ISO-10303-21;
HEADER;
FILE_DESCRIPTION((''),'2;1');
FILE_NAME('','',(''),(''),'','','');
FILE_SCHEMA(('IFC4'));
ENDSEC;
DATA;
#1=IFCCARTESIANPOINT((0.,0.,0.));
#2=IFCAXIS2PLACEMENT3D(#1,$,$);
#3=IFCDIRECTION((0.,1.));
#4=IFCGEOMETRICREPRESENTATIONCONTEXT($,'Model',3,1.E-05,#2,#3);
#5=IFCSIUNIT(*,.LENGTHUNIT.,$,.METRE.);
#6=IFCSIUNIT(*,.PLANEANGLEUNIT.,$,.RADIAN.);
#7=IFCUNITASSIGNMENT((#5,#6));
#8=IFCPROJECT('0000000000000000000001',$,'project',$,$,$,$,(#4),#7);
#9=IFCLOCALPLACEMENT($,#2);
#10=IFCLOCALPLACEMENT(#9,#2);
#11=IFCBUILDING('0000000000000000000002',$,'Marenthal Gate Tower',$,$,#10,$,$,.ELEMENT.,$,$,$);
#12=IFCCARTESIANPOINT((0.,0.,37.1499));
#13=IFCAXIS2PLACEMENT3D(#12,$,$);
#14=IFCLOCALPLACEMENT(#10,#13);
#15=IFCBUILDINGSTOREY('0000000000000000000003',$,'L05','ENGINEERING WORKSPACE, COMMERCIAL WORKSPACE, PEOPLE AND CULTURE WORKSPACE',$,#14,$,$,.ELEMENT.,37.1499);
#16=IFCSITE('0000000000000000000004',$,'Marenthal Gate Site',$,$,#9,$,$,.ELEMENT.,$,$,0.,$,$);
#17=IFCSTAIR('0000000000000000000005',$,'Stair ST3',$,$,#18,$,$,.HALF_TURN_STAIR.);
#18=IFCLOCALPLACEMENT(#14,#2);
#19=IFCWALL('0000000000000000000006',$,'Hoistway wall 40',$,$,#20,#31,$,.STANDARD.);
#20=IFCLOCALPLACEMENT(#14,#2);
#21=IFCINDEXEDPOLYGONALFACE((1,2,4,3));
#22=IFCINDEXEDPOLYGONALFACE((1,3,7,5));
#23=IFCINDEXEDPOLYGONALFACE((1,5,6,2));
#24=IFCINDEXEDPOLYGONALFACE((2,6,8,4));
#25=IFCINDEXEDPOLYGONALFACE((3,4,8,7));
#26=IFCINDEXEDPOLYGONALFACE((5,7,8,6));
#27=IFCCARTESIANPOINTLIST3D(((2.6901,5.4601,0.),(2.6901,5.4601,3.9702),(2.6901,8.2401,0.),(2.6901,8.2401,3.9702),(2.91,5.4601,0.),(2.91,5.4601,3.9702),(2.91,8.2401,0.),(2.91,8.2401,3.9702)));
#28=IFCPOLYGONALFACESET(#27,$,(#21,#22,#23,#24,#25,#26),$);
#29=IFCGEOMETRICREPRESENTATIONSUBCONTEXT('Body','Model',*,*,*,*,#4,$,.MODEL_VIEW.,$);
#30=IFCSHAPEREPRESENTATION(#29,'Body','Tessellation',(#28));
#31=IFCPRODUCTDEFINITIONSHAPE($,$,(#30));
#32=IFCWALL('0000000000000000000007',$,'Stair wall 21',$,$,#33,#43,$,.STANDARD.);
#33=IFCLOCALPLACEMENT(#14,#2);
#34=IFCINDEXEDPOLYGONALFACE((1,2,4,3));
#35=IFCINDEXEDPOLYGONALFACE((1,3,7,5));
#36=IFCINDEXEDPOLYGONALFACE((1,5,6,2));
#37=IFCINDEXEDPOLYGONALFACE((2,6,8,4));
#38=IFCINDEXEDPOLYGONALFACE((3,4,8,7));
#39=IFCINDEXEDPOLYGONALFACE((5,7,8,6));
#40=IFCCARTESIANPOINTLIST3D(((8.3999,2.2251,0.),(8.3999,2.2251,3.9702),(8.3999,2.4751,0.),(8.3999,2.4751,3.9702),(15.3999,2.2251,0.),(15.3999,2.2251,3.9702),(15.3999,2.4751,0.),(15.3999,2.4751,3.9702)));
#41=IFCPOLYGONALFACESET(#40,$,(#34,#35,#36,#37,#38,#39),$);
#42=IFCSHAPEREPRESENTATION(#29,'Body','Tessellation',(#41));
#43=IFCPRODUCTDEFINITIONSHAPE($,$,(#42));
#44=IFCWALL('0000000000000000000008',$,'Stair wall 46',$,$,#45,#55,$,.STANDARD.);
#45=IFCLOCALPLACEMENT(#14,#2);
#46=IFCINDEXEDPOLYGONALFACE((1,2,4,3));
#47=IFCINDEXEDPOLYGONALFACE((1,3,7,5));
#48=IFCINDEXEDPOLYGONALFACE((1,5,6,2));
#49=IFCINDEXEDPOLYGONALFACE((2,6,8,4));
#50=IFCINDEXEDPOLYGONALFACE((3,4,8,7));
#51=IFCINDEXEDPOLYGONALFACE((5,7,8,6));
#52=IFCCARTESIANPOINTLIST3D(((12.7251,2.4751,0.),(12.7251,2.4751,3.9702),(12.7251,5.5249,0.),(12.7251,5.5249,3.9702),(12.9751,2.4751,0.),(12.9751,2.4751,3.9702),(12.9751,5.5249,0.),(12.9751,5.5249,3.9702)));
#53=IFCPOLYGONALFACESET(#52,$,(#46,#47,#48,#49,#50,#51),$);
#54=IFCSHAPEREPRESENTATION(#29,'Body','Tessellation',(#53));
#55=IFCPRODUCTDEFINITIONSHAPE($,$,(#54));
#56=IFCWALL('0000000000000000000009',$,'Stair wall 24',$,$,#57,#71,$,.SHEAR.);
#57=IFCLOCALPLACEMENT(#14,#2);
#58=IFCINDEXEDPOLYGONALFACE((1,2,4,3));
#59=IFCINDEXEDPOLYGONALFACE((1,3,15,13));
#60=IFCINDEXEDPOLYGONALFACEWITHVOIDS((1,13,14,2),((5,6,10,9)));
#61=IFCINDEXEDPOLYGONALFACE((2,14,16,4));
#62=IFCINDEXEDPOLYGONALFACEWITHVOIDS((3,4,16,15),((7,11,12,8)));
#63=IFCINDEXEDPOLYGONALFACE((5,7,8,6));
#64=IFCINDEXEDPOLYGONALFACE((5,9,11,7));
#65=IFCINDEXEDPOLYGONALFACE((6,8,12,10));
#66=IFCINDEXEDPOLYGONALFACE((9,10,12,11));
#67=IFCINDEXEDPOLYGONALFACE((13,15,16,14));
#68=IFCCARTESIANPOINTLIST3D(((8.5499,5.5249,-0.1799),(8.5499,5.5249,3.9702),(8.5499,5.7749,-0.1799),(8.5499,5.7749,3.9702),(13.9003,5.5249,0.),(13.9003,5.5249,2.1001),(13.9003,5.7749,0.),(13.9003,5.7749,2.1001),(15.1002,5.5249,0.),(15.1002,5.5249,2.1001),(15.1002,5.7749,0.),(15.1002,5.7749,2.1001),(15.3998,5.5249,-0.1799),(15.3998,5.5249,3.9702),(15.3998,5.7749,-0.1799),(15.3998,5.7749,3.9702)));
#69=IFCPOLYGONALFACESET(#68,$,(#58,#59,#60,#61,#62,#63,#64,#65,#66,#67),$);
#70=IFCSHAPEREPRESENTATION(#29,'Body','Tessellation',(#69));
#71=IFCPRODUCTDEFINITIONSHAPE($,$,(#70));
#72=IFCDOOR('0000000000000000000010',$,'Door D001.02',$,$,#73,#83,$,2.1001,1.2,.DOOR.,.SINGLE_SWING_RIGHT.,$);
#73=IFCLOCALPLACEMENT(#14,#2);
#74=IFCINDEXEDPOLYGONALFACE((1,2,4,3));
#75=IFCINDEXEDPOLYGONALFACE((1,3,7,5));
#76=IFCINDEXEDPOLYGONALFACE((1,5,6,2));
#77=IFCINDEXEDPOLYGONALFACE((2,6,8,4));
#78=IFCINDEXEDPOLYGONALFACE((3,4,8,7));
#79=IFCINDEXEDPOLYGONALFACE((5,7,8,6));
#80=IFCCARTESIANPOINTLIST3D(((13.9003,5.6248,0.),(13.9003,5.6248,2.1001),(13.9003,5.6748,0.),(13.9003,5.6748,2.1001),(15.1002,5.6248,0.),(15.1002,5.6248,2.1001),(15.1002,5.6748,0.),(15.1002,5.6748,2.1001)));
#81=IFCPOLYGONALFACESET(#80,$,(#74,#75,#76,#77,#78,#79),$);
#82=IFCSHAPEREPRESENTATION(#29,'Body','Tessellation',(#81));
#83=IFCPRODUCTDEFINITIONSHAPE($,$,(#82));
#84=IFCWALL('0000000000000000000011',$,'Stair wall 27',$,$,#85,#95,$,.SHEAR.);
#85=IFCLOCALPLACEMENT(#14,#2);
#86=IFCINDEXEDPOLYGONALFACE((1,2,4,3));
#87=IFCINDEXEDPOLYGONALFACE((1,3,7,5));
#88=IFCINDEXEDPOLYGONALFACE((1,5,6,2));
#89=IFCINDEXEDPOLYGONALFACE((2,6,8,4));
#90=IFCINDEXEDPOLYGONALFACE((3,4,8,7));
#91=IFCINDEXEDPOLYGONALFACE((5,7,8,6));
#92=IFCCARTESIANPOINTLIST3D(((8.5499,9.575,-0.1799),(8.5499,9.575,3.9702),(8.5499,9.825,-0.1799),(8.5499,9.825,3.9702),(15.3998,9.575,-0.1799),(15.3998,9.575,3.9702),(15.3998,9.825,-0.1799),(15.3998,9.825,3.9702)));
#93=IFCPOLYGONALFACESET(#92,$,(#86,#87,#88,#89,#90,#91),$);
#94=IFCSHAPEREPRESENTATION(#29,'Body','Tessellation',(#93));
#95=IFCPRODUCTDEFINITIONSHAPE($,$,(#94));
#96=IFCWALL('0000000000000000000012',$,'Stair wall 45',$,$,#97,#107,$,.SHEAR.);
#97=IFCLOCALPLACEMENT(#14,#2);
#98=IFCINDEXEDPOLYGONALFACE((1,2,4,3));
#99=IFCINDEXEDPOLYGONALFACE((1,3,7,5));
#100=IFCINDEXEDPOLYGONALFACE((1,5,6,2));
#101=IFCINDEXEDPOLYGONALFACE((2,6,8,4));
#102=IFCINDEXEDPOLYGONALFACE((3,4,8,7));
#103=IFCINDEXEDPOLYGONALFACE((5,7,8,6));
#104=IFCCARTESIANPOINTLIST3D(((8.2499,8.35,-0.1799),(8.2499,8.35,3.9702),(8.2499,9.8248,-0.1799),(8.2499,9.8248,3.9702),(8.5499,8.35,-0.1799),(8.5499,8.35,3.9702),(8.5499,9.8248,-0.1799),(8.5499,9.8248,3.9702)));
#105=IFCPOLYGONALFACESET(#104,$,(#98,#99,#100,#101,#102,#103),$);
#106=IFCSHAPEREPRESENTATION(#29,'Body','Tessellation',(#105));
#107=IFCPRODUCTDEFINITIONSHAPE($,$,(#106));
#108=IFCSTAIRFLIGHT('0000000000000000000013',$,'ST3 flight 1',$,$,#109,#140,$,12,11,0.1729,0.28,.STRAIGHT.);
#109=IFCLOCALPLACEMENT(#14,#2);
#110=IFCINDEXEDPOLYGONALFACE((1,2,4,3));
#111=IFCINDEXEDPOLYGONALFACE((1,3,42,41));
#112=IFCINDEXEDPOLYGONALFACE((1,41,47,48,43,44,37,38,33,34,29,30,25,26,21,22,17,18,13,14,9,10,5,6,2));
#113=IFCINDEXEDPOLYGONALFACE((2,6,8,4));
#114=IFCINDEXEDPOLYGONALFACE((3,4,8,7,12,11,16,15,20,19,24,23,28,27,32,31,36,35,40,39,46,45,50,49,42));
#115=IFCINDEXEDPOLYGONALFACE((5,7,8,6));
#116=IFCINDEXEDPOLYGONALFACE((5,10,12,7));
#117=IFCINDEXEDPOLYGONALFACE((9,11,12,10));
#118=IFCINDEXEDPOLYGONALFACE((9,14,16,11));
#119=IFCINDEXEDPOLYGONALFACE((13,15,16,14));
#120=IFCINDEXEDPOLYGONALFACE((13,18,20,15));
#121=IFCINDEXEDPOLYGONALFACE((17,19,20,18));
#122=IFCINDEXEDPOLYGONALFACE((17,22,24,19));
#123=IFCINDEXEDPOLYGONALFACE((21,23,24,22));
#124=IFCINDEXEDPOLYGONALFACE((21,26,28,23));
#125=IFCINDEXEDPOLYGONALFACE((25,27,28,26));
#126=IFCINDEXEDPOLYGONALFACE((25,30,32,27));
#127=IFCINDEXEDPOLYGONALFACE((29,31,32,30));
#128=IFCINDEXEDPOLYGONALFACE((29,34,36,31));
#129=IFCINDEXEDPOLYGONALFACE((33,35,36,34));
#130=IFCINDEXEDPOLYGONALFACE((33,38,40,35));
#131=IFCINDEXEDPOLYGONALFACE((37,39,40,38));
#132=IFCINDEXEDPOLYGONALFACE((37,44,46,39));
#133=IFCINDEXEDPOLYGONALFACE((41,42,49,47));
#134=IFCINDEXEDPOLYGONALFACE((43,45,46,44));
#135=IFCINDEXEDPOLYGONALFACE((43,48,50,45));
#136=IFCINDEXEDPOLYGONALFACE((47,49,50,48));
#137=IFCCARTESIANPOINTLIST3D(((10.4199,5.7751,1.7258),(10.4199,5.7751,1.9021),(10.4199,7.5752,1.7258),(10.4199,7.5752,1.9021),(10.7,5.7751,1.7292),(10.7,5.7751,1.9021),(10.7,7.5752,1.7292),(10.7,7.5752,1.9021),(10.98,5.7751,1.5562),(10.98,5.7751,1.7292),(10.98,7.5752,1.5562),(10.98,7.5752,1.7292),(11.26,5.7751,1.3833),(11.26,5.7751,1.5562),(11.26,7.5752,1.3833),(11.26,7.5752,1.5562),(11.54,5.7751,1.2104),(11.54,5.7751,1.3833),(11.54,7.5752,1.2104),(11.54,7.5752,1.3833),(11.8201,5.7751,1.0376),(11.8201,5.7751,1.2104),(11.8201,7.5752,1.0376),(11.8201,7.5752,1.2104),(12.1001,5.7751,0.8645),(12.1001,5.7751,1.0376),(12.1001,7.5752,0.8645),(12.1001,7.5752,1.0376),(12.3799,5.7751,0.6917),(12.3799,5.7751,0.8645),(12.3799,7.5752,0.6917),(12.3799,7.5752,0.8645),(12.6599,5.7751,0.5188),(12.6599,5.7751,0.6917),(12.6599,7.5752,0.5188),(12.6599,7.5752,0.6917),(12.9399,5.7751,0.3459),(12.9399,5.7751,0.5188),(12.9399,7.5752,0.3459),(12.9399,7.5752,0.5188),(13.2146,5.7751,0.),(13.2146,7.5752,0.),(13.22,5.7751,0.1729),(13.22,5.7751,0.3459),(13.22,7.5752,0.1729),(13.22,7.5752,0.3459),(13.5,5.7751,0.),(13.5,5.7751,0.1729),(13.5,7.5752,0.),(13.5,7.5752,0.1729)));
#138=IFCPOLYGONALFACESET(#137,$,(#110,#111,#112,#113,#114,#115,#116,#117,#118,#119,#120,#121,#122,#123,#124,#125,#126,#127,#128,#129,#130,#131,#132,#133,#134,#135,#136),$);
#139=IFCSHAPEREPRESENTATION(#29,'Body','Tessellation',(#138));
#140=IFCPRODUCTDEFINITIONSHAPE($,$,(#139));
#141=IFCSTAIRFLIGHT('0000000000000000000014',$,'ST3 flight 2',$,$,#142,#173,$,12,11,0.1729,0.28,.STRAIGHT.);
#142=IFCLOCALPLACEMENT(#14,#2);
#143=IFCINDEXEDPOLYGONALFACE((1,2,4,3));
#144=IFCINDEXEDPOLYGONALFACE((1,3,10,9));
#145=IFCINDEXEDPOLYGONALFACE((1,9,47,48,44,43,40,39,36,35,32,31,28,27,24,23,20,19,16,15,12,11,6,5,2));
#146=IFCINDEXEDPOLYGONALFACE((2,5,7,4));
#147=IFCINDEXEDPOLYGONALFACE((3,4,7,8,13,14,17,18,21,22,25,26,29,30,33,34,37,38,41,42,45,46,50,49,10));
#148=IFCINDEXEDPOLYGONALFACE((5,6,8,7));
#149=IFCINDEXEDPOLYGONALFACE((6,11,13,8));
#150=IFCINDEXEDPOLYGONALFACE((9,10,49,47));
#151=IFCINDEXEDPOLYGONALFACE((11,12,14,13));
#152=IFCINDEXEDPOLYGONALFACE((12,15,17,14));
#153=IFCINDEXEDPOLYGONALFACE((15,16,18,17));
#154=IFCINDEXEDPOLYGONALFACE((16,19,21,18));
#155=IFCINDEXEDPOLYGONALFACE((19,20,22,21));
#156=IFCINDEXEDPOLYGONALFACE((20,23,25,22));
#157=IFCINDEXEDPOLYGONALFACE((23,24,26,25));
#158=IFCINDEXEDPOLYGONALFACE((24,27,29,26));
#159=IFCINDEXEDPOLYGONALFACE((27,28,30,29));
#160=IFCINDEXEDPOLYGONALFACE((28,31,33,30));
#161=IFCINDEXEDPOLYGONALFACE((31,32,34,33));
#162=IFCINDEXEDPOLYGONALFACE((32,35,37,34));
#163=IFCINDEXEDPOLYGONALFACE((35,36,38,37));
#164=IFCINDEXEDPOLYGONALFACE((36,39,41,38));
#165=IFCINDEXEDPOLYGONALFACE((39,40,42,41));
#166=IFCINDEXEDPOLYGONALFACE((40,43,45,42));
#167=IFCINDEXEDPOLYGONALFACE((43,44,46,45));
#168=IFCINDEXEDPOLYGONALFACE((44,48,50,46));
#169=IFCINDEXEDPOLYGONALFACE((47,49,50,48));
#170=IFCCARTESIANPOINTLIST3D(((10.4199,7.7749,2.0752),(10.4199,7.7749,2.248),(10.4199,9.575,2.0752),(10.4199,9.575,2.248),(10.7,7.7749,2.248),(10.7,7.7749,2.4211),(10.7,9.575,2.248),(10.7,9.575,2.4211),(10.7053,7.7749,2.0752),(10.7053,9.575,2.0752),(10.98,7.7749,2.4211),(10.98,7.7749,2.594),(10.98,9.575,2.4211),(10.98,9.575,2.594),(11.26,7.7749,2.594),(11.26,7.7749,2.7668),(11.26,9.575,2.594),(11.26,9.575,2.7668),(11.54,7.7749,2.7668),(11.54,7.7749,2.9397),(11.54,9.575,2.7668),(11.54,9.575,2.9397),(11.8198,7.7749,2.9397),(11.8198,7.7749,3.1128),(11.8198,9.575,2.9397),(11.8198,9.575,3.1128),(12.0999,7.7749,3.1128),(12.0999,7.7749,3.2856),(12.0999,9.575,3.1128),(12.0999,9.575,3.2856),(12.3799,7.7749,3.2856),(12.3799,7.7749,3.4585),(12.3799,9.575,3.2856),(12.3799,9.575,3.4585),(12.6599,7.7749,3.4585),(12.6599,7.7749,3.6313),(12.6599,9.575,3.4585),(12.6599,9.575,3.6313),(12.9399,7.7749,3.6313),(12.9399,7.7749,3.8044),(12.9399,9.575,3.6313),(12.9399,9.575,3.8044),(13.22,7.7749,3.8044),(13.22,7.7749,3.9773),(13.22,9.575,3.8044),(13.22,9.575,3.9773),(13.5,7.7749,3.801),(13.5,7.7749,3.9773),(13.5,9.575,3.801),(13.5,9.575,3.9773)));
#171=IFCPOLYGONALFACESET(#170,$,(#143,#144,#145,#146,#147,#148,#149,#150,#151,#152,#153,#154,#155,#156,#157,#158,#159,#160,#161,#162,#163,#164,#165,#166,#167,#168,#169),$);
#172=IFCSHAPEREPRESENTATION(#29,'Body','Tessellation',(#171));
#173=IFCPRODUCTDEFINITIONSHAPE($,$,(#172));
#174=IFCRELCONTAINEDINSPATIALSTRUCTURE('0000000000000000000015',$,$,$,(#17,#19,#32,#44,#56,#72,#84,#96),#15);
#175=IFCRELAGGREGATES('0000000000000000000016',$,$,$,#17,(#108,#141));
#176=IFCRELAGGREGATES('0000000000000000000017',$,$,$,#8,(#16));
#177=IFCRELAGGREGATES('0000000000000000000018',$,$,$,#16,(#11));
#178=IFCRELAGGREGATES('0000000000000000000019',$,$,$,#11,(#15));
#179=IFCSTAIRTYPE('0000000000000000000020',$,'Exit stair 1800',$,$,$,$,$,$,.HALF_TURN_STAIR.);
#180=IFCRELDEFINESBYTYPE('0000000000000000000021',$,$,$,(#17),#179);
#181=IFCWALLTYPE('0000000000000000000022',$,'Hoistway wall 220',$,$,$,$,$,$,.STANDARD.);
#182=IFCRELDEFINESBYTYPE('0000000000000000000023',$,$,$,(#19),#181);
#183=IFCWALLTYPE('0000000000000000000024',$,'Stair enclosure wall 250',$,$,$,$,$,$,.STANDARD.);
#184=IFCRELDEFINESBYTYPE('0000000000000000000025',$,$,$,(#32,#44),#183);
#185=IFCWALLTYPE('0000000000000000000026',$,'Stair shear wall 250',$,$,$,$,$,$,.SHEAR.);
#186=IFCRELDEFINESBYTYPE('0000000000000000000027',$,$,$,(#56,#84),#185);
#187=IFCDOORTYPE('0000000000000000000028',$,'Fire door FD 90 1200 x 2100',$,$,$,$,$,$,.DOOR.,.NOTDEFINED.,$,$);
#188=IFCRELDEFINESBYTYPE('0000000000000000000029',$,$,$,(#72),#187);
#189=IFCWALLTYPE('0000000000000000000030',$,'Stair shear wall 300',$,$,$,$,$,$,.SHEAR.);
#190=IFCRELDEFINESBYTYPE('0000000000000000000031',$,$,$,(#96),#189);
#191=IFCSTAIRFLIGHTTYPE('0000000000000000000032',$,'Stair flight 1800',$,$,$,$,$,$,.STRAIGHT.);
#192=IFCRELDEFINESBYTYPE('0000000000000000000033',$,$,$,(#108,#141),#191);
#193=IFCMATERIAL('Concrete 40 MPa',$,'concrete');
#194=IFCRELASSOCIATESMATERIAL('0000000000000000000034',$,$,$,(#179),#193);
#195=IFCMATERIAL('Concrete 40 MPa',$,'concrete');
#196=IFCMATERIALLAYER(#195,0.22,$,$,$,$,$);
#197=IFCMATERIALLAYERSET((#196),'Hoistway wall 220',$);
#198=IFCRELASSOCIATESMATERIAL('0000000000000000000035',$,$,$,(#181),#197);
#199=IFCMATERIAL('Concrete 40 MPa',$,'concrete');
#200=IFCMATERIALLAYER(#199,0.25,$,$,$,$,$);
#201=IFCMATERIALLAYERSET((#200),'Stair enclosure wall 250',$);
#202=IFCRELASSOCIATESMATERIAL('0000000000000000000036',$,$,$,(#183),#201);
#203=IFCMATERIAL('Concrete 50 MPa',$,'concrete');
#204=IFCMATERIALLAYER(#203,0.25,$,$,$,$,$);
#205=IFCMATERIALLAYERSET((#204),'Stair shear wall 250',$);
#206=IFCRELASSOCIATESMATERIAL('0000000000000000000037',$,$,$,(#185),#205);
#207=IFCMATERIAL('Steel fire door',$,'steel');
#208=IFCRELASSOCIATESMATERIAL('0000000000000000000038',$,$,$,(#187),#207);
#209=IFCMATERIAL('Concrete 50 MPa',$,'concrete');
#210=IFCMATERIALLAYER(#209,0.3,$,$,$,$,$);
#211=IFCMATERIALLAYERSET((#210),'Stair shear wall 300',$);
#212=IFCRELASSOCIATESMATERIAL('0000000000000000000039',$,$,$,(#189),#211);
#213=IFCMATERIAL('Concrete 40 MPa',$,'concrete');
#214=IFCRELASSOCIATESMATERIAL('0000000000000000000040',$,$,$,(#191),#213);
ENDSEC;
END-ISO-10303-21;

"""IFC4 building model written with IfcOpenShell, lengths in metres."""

from ifc_helpers import new_model, si_unit, direction, frame, frame_2d, origin, place, context, subcontext, project, spatial, polyline, rectangle, outline, extrude, material, layer, layer_set, type_object, element, fill, aggregate, save


model = new_model("IFC4")

# Units and contexts
model_context = context("Model", 3, precision=1e-05, world=origin(), true_north=direction((0.0, 1.0)))
body_context = subcontext(model_context, "Body", "Model", "MODEL_VIEW")
ifc_project = project(units=[si_unit("LENGTHUNIT", "METRE"), si_unit("PLANEANGLEUNIT", "RADIAN")], contexts=[model_context])

# Site, building, storey
site_placement = place(None, origin())
site = spatial("IfcSite", under=ifc_project, at=site_placement, Name="Marenthal Gate Site", CompositionType="ELEMENT", RefElevation=0.0)
building_placement = place(site_placement, origin())
building = spatial("IfcBuilding", under=site, at=building_placement, Name="Marenthal Gate Tower", CompositionType="ELEMENT")
storey_placement = place(building_placement, frame((0.0, 0.0, 37.1499)))
storey = spatial("IfcBuildingStorey", under=building, at=storey_placement, Name="L05", Description="ENGINEERING WORKSPACE, COMMERCIAL WORKSPACE, PEOPLE AND CULTURE WORKSPACE", CompositionType="ELEMENT", Elevation=37.1499)

# Stair
ifc_material_1 = material(Name="Concrete 40 MPa", Category="concrete")
stair_type = type_object("IfcStairType", Name="Exit stair 1800", PredefinedType="HALF_TURN_STAIR", material=ifc_material_1)
stair_1_placement = place(storey_placement, origin())
stair_1 = element("IfcStair", 1, at=stair_1_placement, inside=storey, type_object=stair_type, Name="Stair ST3", PredefinedType="HALF_TURN_STAIR")

# Walls
ifc_material_2 = material(Name="Concrete 40 MPa", Category="concrete")
ifc_layer_1 = layer(ifc_material_2, 0.22)
ifc_layer_set_1 = layer_set([ifc_layer_1], Name="Hoistway wall 220")
wall_type_1 = type_object("IfcWallType", Name="Hoistway wall 220", PredefinedType="STANDARD", material=ifc_layer_set_1)
wall_1_placement = place(storey_placement, frame((2.8, 5.46, 0.0), z_axis=(0.0, 0.0, 1.0), x_axis=(0.0, 1.0, 0.0)))
element("IfcWall", 2, at=wall_1_placement, inside=storey, type_object=wall_type_1, Name="Hoistway wall 40", PredefinedType="STANDARD", context=body_context, shape_type="SweptSolid", body=[
    extrude(rectangle(XDim=2.78, YDim=0.22, at=frame_2d((1.3901, 0.0))), origin(), (0.0, 0.0, 1.0), 3.9702),
])
ifc_material_3 = material(Name="Concrete 40 MPa", Category="concrete")
ifc_layer_2 = layer(ifc_material_3, 0.25)
ifc_layer_set_2 = layer_set([ifc_layer_2], Name="Stair enclosure wall 250")
wall_type_2 = type_object("IfcWallType", Name="Stair enclosure wall 250", PredefinedType="STANDARD", material=ifc_layer_set_2)
wall_2_placement = place(storey_placement, frame((8.3999, 2.3501, 0.0), z_axis=(0.0, 0.0, 1.0), x_axis=(1.0, 0.0, 0.0)))
element("IfcWall", 3, at=wall_2_placement, inside=storey, type_object=wall_type_2, Name="Stair wall 21", PredefinedType="STANDARD", context=body_context, shape_type="SweptSolid", body=[
    extrude(rectangle(XDim=7.0, YDim=0.25, at=frame_2d((3.5, 0.0))), origin(), (0.0, 0.0, 1.0), 3.9702),
])
wall_3_placement = place(storey_placement, frame((12.8501, 2.4751, 0.0), z_axis=(0.0, 0.0, 1.0), x_axis=(0.0, 1.0, 0.0)))
element("IfcWall", 4, at=wall_3_placement, inside=storey, type_object=wall_type_2, Name="Stair wall 46", PredefinedType="STANDARD", context=body_context, shape_type="SweptSolid", body=[
    extrude(rectangle(XDim=3.0498, YDim=0.25, at=frame_2d((1.5249, 0.0))), origin(), (0.0, 0.0, 1.0), 3.9702),
])

# Wall, opening, door
ifc_material_4 = material(Name="Concrete 50 MPa", Category="concrete")
ifc_layer_3 = layer(ifc_material_4, 0.25)
ifc_layer_set_3 = layer_set([ifc_layer_3], Name="Stair shear wall 250")
wall_type_3 = type_object("IfcWallType", Name="Stair shear wall 250", PredefinedType="SHEAR", material=ifc_layer_set_3)
wall_4_placement = place(storey_placement, frame((8.55, 5.6499, -0.1799), z_axis=(0.0, 0.0, 1.0), x_axis=(1.0, 0.0, 0.0)))
wall_4 = element("IfcWall", 5, at=wall_4_placement, inside=storey, type_object=wall_type_3, Name="Stair wall 24", PredefinedType="SHEAR", context=body_context, shape_type="SweptSolid", body=[
    extrude(rectangle(XDim=6.8499, YDim=0.25, at=frame_2d((3.4248, 0.0))), origin(), (0.0, 0.0, 1.0), 4.1501),
])
opening_1_placement = place(wall_4_placement, frame((5.3501, 0.0, 0.1799)))
opening_1 = element("IfcOpeningElement", 6, at=opening_1_placement, cuts=wall_4, PredefinedType="OPENING", context=body_context, shape_type="SweptSolid", body=[
    extrude(rectangle(XDim=1.2, YDim=2.1001, at=frame_2d((0.6001, 1.05))), frame((0.0, 0.135, 0.0), z_axis=(0.0, -1.0, 0.0), x_axis=(1.0, 0.0, 0.0)), (0.0, 0.0, 1.0), 0.27),
])
ifc_material_5 = material(Name="Steel fire door", Category="steel")
door_type_1 = type_object("IfcDoorType", Name="Fire door FD 90 1200 x 2100", OperationType="NOTDEFINED", PredefinedType="DOOR", material=ifc_material_5)
door_1_placement = place(opening_1_placement, origin())
door_1 = element("IfcDoor", 7, at=door_1_placement, inside=storey, type_object=door_type_1, Name="Door D001.02", OperationType="SINGLE_SWING_RIGHT", OverallHeight=2.1001, OverallWidth=1.2, PredefinedType="DOOR", context=body_context, shape_type="SweptSolid", body=[
    extrude(rectangle(XDim=1.2, YDim=2.1001, at=frame_2d((0.6001, 1.05))), frame((0.0, 0.0249, 0.0), z_axis=(0.0, -1.0, 0.0), x_axis=(1.0, 0.0, 0.0)), (0.0, 0.0, 1.0), 0.05),
])
fill(opening_1, door_1)

# Walls
wall_5_placement = place(storey_placement, frame((8.55, 9.7, -0.1799), z_axis=(0.0, 0.0, 1.0), x_axis=(1.0, 0.0, 0.0)))
element("IfcWall", 8, at=wall_5_placement, inside=storey, type_object=wall_type_3, Name="Stair wall 27", PredefinedType="SHEAR", context=body_context, shape_type="SweptSolid", body=[
    extrude(rectangle(XDim=6.8499, YDim=0.25, at=frame_2d((3.4248, 0.0))), origin(), (0.0, 0.0, 1.0), 4.1501),
])
ifc_material_6 = material(Name="Concrete 50 MPa", Category="concrete")
ifc_layer_4 = layer(ifc_material_6, 0.3)
ifc_layer_set_4 = layer_set([ifc_layer_4], Name="Stair shear wall 300")
wall_type_4 = type_object("IfcWallType", Name="Stair shear wall 300", PredefinedType="SHEAR", material=ifc_layer_set_4)
wall_6_placement = place(storey_placement, frame((8.3999, 8.3501, -0.1799), z_axis=(0.0, 0.0, 1.0), x_axis=(0.0, 1.0, 0.0)))
element("IfcWall", 9, at=wall_6_placement, inside=storey, type_object=wall_type_4, Name="Stair wall 45", PredefinedType="SHEAR", context=body_context, shape_type="SweptSolid", body=[
    extrude(rectangle(XDim=1.4749, YDim=0.3, at=frame_2d((0.7373, 0.0))), origin(), (0.0, 0.0, 1.0), 4.1501),
])

# Stair flights
ifc_material_7 = material(Name="Concrete 40 MPa", Category="concrete")
stair_flight_type = type_object("IfcStairFlightType", Name="Stair flight 1800", PredefinedType="STRAIGHT", material=ifc_material_7)
stair_flight_1_placement = place(storey_placement, frame((13.5, 6.675, 0.0), z_axis=(0.0, 0.0, 1.0), x_axis=(-1.0, 0.0, 0.0)))
stair_flight_1 = element("IfcStairFlight", 10, at=stair_flight_1_placement, type_object=stair_flight_type, Name="ST3 flight 1", NumberOfRisers=12, NumberOfTreads=11, PredefinedType="STRAIGHT", RiserHeight=0.1729, TreadLength=0.28, context=body_context, shape_type="SweptSolid", body=[
    extrude(outline(polyline([(0.0, 0.0), (0.0, 0.1729), (0.28, 0.1729), (0.28, 0.3459), (0.5601, 0.3459), (0.5601, 0.5188), (0.8401, 0.5188), (0.8401, 0.6917), (1.1201, 0.6917), (1.1201, 0.8645), (1.3999, 0.8645), (1.3999, 1.0376), (1.6799, 1.0376), (1.6799, 1.2104), (1.96, 1.2104), (1.96, 1.3833), (2.24, 1.3833), (2.24, 1.5562), (2.52, 1.5562), (2.52, 1.7292), (2.8, 1.7292), (2.8, 1.9021), (3.0801, 1.9021), (3.0801, 2.075), (3.0801, 1.7258), (0.2854, 0.0), (0.0, 0.0)])), frame((0.0, 0.8999, 0.0), z_axis=(0.0, -1.0, 0.0), x_axis=(1.0, 0.0, 0.0)), (0.0, 0.0, 1.0), 1.8),
])
stair_flight_2_placement = place(storey_placement, frame((10.4199, 8.675, 2.0752), z_axis=(0.0, 0.0, 1.0), x_axis=(1.0, 0.0, 0.0)))
stair_flight_2 = element("IfcStairFlight", 11, at=stair_flight_2_placement, type_object=stair_flight_type, Name="ST3 flight 2", NumberOfRisers=12, NumberOfTreads=11, PredefinedType="STRAIGHT", RiserHeight=0.1729, TreadLength=0.28, context=body_context, shape_type="SweptSolid", body=[
    extrude(outline(polyline([(0.0, 0.0), (0.0, 0.1729), (0.28, 0.1729), (0.28, 0.3459), (0.5601, 0.3459), (0.5601, 0.5188), (0.8401, 0.5188), (0.8401, 0.6917), (1.1201, 0.6917), (1.1201, 0.8645), (1.3999, 0.8645), (1.3999, 1.0376), (1.6799, 1.0376), (1.6799, 1.2104), (1.96, 1.2104), (1.96, 1.3833), (2.24, 1.3833), (2.24, 1.5562), (2.52, 1.5562), (2.52, 1.7292), (2.8, 1.7292), (2.8, 1.9021), (3.0801, 1.9021), (3.0801, 2.075), (3.0801, 1.7258), (0.2854, 0.0), (0.0, 0.0)])), frame((0.0, 0.8999, 0.0), z_axis=(0.0, -1.0, 0.0), x_axis=(1.0, 0.0, 0.0)), (0.0, 0.0, 1.0), 1.8),
])
aggregate(stair_1, [stair_flight_1, stair_flight_2])

save(model, "model.ifc")
